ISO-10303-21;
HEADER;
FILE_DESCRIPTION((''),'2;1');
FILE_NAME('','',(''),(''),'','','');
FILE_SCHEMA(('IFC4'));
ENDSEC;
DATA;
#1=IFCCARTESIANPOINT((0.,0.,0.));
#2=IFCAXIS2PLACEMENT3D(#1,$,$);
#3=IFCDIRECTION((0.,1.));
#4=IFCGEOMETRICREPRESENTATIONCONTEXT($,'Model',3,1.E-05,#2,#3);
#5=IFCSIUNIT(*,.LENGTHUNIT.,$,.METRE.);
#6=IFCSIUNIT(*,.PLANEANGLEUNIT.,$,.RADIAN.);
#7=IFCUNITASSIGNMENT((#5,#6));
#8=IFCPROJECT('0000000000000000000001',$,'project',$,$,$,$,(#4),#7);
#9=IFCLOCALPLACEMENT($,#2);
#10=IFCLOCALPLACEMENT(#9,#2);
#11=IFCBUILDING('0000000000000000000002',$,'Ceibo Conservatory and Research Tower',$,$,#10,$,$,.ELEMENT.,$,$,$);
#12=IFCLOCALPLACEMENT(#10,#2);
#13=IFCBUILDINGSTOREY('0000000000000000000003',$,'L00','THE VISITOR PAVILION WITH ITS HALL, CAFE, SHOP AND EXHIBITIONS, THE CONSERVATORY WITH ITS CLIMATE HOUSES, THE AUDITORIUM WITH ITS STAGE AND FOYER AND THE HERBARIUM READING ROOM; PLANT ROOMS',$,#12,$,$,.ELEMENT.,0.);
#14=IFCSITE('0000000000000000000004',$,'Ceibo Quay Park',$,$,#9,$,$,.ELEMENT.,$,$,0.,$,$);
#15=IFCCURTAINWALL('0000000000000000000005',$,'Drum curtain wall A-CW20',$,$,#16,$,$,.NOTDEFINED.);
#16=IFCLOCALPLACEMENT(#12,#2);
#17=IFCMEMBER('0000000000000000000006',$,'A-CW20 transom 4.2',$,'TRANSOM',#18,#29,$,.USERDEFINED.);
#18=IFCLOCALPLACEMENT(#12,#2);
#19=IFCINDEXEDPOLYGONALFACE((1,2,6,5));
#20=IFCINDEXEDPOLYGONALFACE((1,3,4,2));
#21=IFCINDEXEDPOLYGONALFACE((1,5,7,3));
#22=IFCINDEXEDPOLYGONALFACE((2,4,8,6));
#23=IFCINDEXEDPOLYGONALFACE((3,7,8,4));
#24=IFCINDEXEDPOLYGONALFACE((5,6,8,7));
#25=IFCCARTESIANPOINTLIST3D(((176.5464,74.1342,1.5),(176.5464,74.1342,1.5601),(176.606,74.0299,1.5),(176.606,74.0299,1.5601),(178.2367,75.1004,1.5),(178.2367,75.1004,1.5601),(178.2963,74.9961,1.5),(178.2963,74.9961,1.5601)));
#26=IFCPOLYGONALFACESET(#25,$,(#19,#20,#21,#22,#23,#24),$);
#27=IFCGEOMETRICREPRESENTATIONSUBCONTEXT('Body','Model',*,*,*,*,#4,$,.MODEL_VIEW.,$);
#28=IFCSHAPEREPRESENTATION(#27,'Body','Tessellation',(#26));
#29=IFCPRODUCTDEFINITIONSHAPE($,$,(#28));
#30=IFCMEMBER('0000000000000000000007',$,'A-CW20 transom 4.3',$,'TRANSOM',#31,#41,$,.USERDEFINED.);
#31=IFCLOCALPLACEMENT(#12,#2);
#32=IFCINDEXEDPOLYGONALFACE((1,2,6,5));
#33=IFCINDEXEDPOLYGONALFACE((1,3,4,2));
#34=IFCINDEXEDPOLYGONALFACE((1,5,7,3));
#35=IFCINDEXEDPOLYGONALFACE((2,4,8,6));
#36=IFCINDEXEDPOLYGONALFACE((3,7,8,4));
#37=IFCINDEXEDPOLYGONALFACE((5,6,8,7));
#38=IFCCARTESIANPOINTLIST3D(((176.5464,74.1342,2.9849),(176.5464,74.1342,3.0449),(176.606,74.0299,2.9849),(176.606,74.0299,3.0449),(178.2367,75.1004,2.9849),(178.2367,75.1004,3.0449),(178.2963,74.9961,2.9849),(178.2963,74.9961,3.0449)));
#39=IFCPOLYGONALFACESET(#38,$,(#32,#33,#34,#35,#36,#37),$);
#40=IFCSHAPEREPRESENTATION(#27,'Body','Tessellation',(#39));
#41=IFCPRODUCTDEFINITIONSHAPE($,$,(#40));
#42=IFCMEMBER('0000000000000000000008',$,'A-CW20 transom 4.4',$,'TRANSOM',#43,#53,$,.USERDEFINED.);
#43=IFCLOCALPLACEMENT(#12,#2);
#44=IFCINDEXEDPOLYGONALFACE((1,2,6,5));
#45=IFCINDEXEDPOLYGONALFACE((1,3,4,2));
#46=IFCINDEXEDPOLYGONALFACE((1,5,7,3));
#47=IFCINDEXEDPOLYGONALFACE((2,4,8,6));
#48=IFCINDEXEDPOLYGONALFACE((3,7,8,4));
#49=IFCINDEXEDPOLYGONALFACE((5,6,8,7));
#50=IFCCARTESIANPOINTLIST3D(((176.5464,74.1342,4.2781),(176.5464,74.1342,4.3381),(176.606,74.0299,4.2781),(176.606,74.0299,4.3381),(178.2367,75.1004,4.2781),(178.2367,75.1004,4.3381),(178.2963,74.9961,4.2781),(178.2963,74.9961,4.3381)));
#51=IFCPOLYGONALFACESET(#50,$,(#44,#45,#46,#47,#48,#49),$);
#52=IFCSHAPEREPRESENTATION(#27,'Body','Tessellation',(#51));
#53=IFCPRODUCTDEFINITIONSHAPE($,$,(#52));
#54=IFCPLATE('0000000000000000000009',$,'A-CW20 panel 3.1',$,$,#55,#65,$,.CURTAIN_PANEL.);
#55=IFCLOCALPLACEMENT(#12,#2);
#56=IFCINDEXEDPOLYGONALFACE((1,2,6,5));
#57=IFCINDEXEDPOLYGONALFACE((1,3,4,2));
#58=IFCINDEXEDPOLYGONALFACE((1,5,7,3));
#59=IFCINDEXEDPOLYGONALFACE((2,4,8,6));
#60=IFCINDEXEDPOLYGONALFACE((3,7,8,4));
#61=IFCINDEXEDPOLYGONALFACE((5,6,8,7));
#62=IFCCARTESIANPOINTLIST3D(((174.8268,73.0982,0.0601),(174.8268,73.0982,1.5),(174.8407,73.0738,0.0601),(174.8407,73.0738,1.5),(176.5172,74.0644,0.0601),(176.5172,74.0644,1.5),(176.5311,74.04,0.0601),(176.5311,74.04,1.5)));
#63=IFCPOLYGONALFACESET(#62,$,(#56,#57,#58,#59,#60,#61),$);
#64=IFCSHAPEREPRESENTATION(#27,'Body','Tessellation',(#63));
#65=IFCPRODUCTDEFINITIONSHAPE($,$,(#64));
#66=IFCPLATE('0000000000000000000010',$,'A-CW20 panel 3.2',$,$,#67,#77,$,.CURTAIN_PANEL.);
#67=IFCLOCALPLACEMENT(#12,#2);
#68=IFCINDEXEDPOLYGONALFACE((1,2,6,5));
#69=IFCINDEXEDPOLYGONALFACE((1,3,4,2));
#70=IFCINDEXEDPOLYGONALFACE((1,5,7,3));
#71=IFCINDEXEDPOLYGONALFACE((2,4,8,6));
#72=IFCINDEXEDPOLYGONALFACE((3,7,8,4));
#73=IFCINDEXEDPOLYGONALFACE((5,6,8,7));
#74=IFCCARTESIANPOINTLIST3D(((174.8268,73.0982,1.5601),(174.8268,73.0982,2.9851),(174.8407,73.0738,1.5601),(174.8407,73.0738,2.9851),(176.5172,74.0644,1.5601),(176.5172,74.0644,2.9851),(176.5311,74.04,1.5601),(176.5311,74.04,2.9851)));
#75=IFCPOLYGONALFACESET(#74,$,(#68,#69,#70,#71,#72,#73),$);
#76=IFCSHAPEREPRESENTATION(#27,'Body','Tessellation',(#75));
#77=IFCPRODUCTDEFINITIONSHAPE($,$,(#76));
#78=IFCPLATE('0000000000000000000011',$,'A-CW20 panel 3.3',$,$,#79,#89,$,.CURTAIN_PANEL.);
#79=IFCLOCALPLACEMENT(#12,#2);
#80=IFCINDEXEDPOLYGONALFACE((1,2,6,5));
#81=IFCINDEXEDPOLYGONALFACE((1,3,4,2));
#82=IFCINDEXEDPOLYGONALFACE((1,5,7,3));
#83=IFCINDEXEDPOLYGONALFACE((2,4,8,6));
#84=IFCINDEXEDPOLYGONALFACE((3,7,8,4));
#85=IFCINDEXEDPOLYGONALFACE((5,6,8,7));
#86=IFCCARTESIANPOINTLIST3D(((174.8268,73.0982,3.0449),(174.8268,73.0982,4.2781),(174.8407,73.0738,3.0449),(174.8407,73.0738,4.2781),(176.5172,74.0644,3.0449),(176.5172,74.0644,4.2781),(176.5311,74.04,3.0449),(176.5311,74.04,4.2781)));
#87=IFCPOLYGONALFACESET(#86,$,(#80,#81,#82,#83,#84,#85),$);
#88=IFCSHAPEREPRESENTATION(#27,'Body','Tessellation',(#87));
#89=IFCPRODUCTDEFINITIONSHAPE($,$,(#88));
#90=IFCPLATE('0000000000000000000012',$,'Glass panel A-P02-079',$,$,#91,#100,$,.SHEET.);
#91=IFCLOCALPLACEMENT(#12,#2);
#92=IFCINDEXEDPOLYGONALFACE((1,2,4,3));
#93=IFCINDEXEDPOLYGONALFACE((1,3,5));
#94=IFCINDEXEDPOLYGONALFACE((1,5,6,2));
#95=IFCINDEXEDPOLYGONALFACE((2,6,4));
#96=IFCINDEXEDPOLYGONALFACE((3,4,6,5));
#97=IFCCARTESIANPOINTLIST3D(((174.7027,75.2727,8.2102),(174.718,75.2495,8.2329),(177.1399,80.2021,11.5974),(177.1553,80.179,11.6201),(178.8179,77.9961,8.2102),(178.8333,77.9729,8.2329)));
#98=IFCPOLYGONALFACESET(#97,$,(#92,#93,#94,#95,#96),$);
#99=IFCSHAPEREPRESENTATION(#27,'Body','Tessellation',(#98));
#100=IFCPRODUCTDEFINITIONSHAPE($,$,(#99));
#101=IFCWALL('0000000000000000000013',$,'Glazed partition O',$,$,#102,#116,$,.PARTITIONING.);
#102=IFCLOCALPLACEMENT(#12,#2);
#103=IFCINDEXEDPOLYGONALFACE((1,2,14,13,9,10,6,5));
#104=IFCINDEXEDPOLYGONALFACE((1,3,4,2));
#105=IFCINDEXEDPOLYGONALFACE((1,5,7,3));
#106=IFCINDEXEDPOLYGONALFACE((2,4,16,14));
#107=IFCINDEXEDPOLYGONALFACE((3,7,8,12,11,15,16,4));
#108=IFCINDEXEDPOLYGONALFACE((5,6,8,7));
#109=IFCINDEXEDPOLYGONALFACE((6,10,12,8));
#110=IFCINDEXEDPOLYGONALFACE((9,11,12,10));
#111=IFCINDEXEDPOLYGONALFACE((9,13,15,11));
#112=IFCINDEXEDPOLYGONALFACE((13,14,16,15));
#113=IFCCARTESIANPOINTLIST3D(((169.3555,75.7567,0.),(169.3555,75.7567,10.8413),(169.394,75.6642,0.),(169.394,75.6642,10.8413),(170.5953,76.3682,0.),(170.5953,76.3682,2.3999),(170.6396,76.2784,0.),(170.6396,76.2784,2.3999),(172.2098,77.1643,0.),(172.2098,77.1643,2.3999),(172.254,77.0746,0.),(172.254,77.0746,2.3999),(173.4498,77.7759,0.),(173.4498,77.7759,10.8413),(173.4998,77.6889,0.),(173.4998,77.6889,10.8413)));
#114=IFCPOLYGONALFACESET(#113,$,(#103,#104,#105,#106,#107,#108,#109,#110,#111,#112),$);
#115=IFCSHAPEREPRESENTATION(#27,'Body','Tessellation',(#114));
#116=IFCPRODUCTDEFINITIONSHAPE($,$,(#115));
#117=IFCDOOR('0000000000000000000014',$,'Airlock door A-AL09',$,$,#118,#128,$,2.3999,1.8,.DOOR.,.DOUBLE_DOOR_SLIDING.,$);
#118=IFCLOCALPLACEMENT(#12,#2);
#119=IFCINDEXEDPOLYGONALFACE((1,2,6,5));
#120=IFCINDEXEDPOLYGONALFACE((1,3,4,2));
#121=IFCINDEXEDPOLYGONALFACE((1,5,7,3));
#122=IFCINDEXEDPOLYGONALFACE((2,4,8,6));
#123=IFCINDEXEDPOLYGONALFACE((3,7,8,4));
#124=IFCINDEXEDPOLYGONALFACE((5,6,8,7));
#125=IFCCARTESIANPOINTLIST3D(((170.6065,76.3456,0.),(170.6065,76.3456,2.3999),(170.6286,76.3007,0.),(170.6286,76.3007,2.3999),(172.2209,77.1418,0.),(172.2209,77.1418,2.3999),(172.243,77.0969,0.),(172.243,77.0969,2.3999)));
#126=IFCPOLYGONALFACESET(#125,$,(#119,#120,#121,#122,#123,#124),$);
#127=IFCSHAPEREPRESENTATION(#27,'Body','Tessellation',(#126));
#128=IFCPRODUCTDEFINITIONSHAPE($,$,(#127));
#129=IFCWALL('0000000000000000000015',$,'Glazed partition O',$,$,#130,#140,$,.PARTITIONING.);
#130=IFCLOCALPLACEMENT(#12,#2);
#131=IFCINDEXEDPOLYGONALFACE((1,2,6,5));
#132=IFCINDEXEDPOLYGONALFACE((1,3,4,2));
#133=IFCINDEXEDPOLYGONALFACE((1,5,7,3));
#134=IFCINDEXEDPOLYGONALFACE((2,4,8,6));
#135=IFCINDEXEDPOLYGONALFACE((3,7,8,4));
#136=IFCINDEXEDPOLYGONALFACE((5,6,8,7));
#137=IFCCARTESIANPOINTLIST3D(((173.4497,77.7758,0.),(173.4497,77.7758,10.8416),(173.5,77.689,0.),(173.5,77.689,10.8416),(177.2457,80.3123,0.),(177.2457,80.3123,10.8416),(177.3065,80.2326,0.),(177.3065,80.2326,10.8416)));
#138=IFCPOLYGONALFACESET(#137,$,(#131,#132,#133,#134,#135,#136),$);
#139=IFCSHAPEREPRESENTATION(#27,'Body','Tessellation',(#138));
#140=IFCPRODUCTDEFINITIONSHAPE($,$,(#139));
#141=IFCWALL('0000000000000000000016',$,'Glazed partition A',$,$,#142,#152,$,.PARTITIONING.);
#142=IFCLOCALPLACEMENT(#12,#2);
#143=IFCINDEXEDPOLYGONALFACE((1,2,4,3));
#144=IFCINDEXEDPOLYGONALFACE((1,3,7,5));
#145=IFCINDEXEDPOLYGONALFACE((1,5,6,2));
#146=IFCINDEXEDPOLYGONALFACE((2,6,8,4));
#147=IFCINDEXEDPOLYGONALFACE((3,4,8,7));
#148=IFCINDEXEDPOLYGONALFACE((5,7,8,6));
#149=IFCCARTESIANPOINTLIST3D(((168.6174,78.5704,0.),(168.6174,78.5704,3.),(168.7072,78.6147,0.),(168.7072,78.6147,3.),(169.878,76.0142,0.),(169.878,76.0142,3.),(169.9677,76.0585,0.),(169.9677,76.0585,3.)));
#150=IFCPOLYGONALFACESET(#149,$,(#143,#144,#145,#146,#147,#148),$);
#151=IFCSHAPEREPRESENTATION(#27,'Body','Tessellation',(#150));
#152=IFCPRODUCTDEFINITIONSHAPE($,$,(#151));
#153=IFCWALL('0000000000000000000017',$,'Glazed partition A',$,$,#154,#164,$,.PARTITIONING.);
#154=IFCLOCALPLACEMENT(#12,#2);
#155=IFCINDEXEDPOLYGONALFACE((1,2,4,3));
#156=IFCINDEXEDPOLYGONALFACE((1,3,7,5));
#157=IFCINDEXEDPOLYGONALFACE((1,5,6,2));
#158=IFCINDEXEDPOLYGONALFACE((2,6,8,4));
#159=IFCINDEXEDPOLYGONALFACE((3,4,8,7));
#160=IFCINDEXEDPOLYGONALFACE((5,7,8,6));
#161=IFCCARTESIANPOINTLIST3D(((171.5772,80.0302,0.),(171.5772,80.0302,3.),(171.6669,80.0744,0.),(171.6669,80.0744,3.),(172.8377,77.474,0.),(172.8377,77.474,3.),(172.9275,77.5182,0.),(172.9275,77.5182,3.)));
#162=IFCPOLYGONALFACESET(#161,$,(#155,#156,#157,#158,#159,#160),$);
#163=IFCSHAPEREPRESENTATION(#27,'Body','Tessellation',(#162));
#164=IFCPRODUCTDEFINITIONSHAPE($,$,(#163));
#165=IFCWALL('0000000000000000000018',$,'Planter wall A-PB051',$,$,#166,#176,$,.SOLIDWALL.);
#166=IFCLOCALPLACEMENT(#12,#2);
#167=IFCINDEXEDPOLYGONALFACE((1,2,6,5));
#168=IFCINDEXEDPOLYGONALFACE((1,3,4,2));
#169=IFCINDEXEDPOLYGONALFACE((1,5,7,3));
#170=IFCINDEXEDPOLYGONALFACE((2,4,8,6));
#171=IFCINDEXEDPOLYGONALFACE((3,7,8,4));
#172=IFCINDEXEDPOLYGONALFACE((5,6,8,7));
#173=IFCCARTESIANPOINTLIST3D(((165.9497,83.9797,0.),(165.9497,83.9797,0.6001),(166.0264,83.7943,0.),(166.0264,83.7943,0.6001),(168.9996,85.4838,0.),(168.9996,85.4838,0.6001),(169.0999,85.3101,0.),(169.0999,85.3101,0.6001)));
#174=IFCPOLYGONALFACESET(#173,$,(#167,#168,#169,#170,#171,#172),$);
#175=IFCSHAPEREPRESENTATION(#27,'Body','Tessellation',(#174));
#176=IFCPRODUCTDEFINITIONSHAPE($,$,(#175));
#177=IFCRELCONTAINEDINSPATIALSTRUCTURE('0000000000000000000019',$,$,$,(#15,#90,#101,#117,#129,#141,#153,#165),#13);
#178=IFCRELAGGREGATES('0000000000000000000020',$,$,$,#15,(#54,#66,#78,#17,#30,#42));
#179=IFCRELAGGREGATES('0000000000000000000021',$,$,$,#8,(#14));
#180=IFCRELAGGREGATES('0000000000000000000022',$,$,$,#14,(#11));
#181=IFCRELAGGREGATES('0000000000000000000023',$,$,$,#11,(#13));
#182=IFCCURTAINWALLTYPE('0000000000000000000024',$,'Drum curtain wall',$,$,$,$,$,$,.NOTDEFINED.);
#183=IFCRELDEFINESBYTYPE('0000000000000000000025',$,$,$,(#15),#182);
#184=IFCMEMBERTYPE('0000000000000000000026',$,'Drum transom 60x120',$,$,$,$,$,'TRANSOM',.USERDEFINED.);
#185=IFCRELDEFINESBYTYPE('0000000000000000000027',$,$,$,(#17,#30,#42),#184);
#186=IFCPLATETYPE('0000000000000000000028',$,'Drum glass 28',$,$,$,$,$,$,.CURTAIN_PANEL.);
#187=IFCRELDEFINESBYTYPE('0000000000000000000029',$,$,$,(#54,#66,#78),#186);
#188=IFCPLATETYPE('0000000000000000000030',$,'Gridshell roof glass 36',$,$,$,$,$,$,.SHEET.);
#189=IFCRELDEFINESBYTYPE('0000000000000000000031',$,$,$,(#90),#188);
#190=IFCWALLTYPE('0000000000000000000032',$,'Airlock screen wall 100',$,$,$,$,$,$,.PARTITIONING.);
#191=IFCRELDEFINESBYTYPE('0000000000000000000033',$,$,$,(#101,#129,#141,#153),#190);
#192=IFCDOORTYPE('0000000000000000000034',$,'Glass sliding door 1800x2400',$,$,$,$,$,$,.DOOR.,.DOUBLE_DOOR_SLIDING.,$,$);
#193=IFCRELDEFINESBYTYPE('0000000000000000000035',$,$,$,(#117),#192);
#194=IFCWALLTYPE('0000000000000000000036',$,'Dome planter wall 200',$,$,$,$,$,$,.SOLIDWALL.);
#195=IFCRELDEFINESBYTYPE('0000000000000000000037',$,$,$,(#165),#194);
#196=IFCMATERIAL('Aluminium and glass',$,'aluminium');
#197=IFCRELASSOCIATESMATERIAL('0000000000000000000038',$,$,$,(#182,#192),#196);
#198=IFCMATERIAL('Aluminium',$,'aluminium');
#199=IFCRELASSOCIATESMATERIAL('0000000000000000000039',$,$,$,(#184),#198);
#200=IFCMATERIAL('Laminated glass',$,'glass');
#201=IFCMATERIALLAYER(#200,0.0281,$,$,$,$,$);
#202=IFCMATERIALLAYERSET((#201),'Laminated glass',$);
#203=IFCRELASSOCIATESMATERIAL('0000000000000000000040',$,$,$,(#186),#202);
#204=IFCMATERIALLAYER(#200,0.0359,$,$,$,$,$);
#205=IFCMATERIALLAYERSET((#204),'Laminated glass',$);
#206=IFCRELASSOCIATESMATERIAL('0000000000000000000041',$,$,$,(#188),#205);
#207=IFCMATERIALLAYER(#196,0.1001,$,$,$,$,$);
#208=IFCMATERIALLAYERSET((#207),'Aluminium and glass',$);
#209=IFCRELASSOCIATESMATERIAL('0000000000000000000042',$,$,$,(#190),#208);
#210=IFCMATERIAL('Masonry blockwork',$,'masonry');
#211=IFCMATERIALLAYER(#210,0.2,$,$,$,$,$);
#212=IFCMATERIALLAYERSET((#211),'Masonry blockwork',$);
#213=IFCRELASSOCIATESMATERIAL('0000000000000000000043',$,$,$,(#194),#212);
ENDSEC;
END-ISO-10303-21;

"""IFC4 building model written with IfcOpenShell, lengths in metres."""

from ifc_helpers import new_model, si_unit, direction, frame, frame_2d, origin, origin_2d, place, context, subcontext, project, spatial, polyline, rectangle, outline, extrude, material, layer, layer_set, material_profile, profile_set, type_object, element, fill, aggregate, save


model = new_model("IFC4")

# Units and contexts
model_context = context("Model", 3, precision=1e-05, world=origin(), true_north=direction((0.0, 1.0)))
body_context = subcontext(model_context, "Body", "Model", "MODEL_VIEW")
ifc_project = project(units=[si_unit("LENGTHUNIT", "METRE"), si_unit("PLANEANGLEUNIT", "RADIAN")], contexts=[model_context])

# Site, building, storey
site_placement = place(None, origin())
site = spatial("IfcSite", under=ifc_project, at=site_placement, Name="Ceibo Quay Park", CompositionType="ELEMENT", RefElevation=0.0)
building_placement = place(site_placement, origin())
building = spatial("IfcBuilding", under=site, at=building_placement, Name="Ceibo Conservatory and Research Tower", CompositionType="ELEMENT")
storey_placement = place(building_placement, origin())
storey = spatial("IfcBuildingStorey", under=building, at=storey_placement, Name="L00", Description="THE VISITOR PAVILION WITH ITS HALL, CAFE, SHOP AND EXHIBITIONS, THE CONSERVATORY WITH ITS CLIMATE HOUSES, THE AUDITORIUM WITH ITS STAGE AND FOYER AND THE HERBARIUM READING ROOM; PLANT ROOMS", CompositionType="ELEMENT", Elevation=0.0)

# Curtain wall, members, plates
ifc_material_1 = material(Name="Aluminium and glass", Category="aluminium")
curtain_wall_type = type_object("IfcCurtainWallType", Name="Drum curtain wall", PredefinedType="NOTDEFINED", material=ifc_material_1)
curtain_wall_placement = place(storey_placement, origin())
curtain_wall = element("IfcCurtainWall", 1, at=curtain_wall_placement, inside=storey, type_object=curtain_wall_type, Name="Drum curtain wall A-CW20", PredefinedType="NOTDEFINED")
ifc_material_2 = material(Name="Aluminium", Category="aluminium")
ifc_material_profile_1 = material_profile(ifc_material_2, rectangle(XDim=0.1201, YDim=0.0601, at=origin_2d()), Name="AL 60x120")
ifc_profile_set_1 = profile_set([ifc_material_profile_1], Name="Aluminium")
member_type_1 = type_object("IfcMemberType", Name="Drum transom 60x120", ElementType="TRANSOM", PredefinedType="USERDEFINED", material=ifc_profile_set_1)
member_1_placement = place(storey_placement, frame((176.5762, 74.082, 1.53), z_axis=(0.868166, 0.496274, 0.0), x_axis=(-0.496274, 0.868166, 0.0)))
member_1 = element("IfcMember", 2, at=member_1_placement, type_object=member_type_1, Name="A-CW20 transom 4.2", ObjectType="TRANSOM", PredefinedType="USERDEFINED", context=body_context, shape_type="SweptSolid", body=[
    extrude(rectangle(XDim=0.1201, YDim=0.0601, at=origin_2d()), origin(), (0.0, 0.0, 1.0), 1.947),
])
member_2_placement = place(storey_placement, frame((176.5762, 74.082, 3.0149), z_axis=(0.868166, 0.496274, 0.0), x_axis=(-0.496274, 0.868166, 0.0)))
member_2 = element("IfcMember", 3, at=member_2_placement, type_object=member_type_1, Name="A-CW20 transom 4.3", ObjectType="TRANSOM", PredefinedType="USERDEFINED", context=body_context, shape_type="SweptSolid", body=[
    extrude(rectangle(XDim=0.1201, YDim=0.0601, at=origin_2d()), origin(), (0.0, 0.0, 1.0), 1.947),
])
member_3_placement = place(storey_placement, frame((176.5762, 74.082, 4.3081), z_axis=(0.868166, 0.496274, 0.0), x_axis=(-0.496274, 0.868166, 0.0)))
member_3 = element("IfcMember", 4, at=member_3_placement, type_object=member_type_1, Name="A-CW20 transom 4.4", ObjectType="TRANSOM", PredefinedType="USERDEFINED", context=body_context, shape_type="SweptSolid", body=[
    extrude(rectangle(XDim=0.1201, YDim=0.0601, at=origin_2d()), origin(), (0.0, 0.0, 1.0), 1.947),
])
ifc_material_3 = material(Name="Laminated glass", Category="glass")
ifc_layer_1 = layer(ifc_material_3, 0.0281)
ifc_layer_set_1 = layer_set([ifc_layer_1], Name="Laminated glass")
plate_type_1 = type_object("IfcPlateType", Name="Drum glass 28", PredefinedType="CURTAIN_PANEL", material=ifc_layer_set_1)
plate_1_placement = place(storey_placement, frame((175.679, 73.5691, 0.0601), z_axis=(0.0, 0.0, 1.0), x_axis=(0.868199, 0.496216, 0.0)))
plate_1 = element("IfcPlate", 5, at=plate_1_placement, type_object=plate_type_1, Name="A-CW20 panel 3.1", PredefinedType="CURTAIN_PANEL", context=body_context, shape_type="SweptSolid", body=[
    extrude(rectangle(XDim=1.947, YDim=0.0281, at=origin_2d()), origin(), (0.0, 0.0, 1.0), 1.4399),
])
plate_2_placement = place(storey_placement, frame((175.679, 73.5691, 1.5601), z_axis=(0.0, 0.0, 1.0), x_axis=(0.868199, 0.496216, 0.0)))
plate_2 = element("IfcPlate", 6, at=plate_2_placement, type_object=plate_type_1, Name="A-CW20 panel 3.2", PredefinedType="CURTAIN_PANEL", context=body_context, shape_type="SweptSolid", body=[
    extrude(rectangle(XDim=1.947, YDim=0.0281, at=origin_2d()), origin(), (0.0, 0.0, 1.0), 1.425),
])
plate_3_placement = place(storey_placement, frame((175.679, 73.5691, 3.0449), z_axis=(0.0, 0.0, 1.0), x_axis=(0.868199, 0.496216, 0.0)))
plate_3 = element("IfcPlate", 7, at=plate_3_placement, type_object=plate_type_1, Name="A-CW20 panel 3.3", PredefinedType="CURTAIN_PANEL", context=body_context, shape_type="SweptSolid", body=[
    extrude(rectangle(XDim=1.947, YDim=0.0281, at=origin_2d()), origin(), (0.0, 0.0, 1.0), 1.2332),
])
aggregate(curtain_wall, [plate_1, plate_2, plate_3, member_1, member_2, member_3])

# Plate
ifc_layer_2 = layer(ifc_material_3, 0.0359)
ifc_layer_set_2 = layer_set([ifc_layer_2], Name="Laminated glass")
plate_type_2 = type_object("IfcPlateType", Name="Gridshell roof glass 36", PredefinedType="SHEET", material=ifc_layer_set_2)
plate_4_placement = place(storey_placement, frame((174.718, 75.2495, 8.2329), z_axis=(0.427477, -0.645948, 0.632467), x_axis=(0.833926, 0.551877, 0.0)))
element("IfcPlate", 8, at=plate_4_placement, inside=storey, type_object=plate_type_2, Name="Glass panel A-P02-079", PredefinedType="SHEET", context=body_context, shape_type="SweptSolid", body=[
    extrude(outline(polyline([(0.0, 0.0), (4.9348, 0.0), (4.7529, 4.3729), (0.0, 0.0)])), origin(), (0.0, 0.0, -1.0), 0.0359),
])

# Wall, opening, door
ifc_layer_3 = layer(ifc_material_1, 0.1001)
ifc_layer_set_3 = layer_set([ifc_layer_3], Name="Aluminium and glass")
wall_type_1 = type_object("IfcWallType", Name="Airlock screen wall 100", PredefinedType="PARTITIONING", material=ifc_layer_set_3)
wall_1_placement = place(storey_placement, frame((169.3748, 75.7104, 0.0), z_axis=(0.0, 0.0, 1.0), x_axis=(0.89687, 0.442294, 0.0)))
wall_1 = element("IfcWall", 9, at=wall_1_placement, inside=storey, type_object=wall_type_1, Name="Glazed partition O", PredefinedType="PARTITIONING", context=body_context, shape_type="SweptSolid", body=[
    extrude(outline(polyline([(-0.0032, -0.05), (4.5747, -0.05), (4.5684, 0.05), (0.0032, 0.05), (-0.0032, -0.05)])), origin(), (0.0, 0.0, 1.0), 10.8413),
])
opening_1_placement = place(wall_1_placement, frame((1.3857, 0.0, 0.0)))
opening_1 = element("IfcOpeningElement", 10, at=opening_1_placement, cuts=wall_1, PredefinedType="OPENING", context=body_context, shape_type="SweptSolid", body=[
    extrude(rectangle(XDim=1.8, YDim=2.3999, at=frame_2d((0.8999, 1.2))), frame((0.0, 0.0601, 0.0), z_axis=(0.0, -1.0, 0.0), x_axis=(1.0, 0.0, 0.0)), (0.0, 0.0, 1.0), 0.1201),
])
door_type = type_object("IfcDoorType", Name="Glass sliding door 1800x2400", OperationType="DOUBLE_DOOR_SLIDING", PredefinedType="DOOR", material=ifc_material_1)
door_1_placement = place(opening_1_placement, origin())
door_1 = element("IfcDoor", 11, at=door_1_placement, inside=storey, type_object=door_type, Name="Airlock door A-AL09", OperationType="DOUBLE_DOOR_SLIDING", OverallHeight=2.3999, OverallWidth=1.8, PredefinedType="DOOR", context=body_context, shape_type="SweptSolid", body=[
    extrude(rectangle(XDim=1.8, YDim=2.3999, at=frame_2d((0.8999, 1.2))), frame((0.0, 0.0249, 0.0), z_axis=(0.0, -1.0, 0.0), x_axis=(1.0, 0.0, 0.0)), (0.0, 0.0, 1.0), 0.05),
])
fill(opening_1, door_1)

# Walls
wall_2_placement = place(storey_placement, frame((173.4749, 77.7324, 0.0), z_axis=(0.0, 0.0, 1.0), x_axis=(0.831458, 0.555587, 0.0)))
element("IfcWall", 12, at=wall_2_placement, inside=storey, type_object=wall_type_1, Name="Glazed partition O", PredefinedType="PARTITIONING", context=body_context, shape_type="SweptSolid", body=[
    extrude(outline(polyline([(-0.0032, -0.05), (4.575, -0.05), (4.5686, 0.05), (0.0032, 0.05), (-0.0032, -0.05)])), origin(), (0.0, 0.0, 1.0), 10.8416),
])
for number, where, z_axis, x_axis, name in (
    (13, (169.9229, 76.0364, 0.0), (0.0, 0.0, 1.0), (-0.442273, 0.896881, 0.0), "Glazed partition A"),
    (14, (172.8826, 77.4961, 0.0), (0.0, 0.0, 1.0), (-0.442273, 0.896881, 0.0), "Glazed partition A"),
):
    element("IfcWall", number, at=place(storey_placement, frame(where, z_axis=z_axis, x_axis=x_axis)), inside=storey, type_object=wall_type_1, Name=name, PredefinedType="PARTITIONING", context=body_context, shape_type="SweptSolid", body=[
        extrude(rectangle(XDim=2.8501, YDim=0.1001, at=frame_2d((1.425, 0.0))), origin(), (0.0, 0.0, 1.0), 3.0),
    ])

# Wall
ifc_material_4 = material(Name="Masonry blockwork", Category="masonry")
ifc_layer_4 = layer(ifc_material_4, 0.2)
ifc_layer_set_4 = layer_set([ifc_layer_4], Name="Masonry blockwork")
wall_type_2 = type_object("IfcWallType", Name="Dome planter wall 200", PredefinedType="SOLIDWALL", material=ifc_layer_set_4)
wall_3_placement = place(storey_placement, frame((165.988, 83.887, 0.0), z_axis=(0.0, 0.0, 1.0), x_axis=(0.89686, 0.442315, 0.0)))
element("IfcWall", 15, at=wall_3_placement, inside=storey, type_object=wall_type_2, Name="Planter wall A-PB051", PredefinedType="SOLIDWALL", context=body_context, shape_type="SweptSolid", body=[
    extrude(outline(polyline([(-0.0066, -0.1001), (3.4204, -0.1001), (3.4072, 0.1001), (0.0066, 0.1001), (-0.0066, -0.1001)])), origin(), (0.0, 0.0, 1.0), 0.6001),
])

save(model, "model.ifc")
